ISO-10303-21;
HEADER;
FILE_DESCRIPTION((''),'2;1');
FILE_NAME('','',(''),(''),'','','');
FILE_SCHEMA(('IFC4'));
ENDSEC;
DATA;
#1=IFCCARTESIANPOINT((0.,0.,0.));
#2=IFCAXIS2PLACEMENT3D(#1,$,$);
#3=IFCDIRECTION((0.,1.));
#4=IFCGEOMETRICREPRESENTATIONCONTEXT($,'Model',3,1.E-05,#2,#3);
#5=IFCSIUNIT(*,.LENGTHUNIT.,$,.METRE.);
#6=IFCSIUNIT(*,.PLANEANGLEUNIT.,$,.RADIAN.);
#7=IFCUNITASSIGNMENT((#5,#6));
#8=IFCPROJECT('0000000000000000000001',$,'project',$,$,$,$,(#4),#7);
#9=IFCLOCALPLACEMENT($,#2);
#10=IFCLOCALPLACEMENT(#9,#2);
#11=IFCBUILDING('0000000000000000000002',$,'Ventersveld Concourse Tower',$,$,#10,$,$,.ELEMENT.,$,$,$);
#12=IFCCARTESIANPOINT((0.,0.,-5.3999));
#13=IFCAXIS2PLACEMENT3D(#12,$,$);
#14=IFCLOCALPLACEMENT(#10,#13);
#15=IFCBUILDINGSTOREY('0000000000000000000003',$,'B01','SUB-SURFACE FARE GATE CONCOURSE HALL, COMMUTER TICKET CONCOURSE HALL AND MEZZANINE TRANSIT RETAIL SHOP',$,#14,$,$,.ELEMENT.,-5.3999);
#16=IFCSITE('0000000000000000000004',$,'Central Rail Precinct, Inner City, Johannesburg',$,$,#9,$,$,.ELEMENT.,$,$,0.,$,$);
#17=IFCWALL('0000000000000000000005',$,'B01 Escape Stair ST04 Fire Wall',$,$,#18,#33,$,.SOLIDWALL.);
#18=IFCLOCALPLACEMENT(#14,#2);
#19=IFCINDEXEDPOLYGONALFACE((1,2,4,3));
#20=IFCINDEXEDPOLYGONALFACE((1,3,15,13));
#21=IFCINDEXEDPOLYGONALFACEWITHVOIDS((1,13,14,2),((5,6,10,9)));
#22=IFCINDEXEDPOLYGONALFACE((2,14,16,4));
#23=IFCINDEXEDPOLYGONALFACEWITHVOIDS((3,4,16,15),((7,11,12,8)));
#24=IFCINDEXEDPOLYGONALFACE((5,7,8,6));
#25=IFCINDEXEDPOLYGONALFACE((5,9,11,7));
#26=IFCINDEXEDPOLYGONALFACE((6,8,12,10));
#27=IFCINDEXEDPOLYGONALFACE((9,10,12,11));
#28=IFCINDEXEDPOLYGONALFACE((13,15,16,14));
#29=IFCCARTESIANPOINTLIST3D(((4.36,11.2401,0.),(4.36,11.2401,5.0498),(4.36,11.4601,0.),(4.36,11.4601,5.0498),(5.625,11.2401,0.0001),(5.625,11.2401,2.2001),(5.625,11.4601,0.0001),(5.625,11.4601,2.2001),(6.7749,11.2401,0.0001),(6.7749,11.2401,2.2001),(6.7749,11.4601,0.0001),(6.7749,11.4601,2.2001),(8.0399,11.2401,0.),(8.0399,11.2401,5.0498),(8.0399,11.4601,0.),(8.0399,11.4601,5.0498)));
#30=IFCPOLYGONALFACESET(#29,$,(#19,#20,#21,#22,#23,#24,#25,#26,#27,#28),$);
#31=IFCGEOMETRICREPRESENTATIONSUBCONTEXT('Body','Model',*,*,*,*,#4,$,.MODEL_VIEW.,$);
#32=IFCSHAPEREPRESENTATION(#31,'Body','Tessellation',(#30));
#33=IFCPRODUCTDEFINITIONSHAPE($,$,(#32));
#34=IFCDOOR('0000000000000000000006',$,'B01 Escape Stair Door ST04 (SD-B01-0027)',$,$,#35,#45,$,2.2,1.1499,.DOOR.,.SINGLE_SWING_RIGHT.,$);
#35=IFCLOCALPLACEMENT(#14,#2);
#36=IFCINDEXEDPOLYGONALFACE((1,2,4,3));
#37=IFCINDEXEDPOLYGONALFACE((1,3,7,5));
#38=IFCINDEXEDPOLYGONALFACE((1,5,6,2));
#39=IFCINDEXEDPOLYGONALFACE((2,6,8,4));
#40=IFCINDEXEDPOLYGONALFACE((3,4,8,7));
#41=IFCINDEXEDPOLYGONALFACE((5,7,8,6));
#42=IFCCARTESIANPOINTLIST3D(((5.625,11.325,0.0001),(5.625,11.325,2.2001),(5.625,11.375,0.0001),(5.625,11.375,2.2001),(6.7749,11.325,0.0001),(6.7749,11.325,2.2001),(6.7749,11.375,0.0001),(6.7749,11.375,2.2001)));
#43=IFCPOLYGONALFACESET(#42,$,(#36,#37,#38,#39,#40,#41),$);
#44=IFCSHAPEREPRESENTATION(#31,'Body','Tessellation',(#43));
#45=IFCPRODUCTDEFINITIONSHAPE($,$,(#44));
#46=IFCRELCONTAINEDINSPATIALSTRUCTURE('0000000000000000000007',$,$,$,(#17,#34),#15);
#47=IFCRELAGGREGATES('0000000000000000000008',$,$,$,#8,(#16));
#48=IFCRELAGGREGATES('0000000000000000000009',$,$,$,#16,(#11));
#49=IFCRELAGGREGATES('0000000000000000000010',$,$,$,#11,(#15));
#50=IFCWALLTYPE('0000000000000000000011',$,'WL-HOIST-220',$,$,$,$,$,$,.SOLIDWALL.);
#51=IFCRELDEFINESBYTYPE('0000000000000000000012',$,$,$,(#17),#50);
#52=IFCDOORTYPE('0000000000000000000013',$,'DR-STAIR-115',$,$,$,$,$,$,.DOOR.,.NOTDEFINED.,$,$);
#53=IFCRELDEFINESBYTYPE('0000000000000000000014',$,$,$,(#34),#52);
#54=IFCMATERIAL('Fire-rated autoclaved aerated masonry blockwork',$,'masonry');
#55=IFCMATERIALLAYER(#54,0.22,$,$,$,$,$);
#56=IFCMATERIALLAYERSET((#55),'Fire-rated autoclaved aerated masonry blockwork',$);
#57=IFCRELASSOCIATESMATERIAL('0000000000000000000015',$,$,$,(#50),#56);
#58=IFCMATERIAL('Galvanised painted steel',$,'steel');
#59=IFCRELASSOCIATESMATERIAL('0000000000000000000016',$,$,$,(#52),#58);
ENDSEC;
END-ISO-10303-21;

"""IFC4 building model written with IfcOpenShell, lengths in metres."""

from ifc_helpers import new_model, si_unit, direction, frame, frame_2d, origin, place, context, subcontext, project, spatial, rectangle, extrude, material, layer, layer_set, type_object, element, fill, save


model = new_model("IFC4")

# Units and contexts
model_context = context("Model", 3, precision=1e-05, world=origin(), true_north=direction((0.0, 1.0)))
body_context = subcontext(model_context, "Body", "Model", "MODEL_VIEW")
ifc_project = project(units=[si_unit("LENGTHUNIT", "METRE"), si_unit("PLANEANGLEUNIT", "RADIAN")], contexts=[model_context])

# Site, building, storey
site_placement = place(None, origin())
site = spatial("IfcSite", under=ifc_project, at=site_placement, Name="Central Rail Precinct, Inner City, Johannesburg", CompositionType="ELEMENT", RefElevation=0.0)
building_placement = place(site_placement, origin())
building = spatial("IfcBuilding", under=site, at=building_placement, Name="Ventersveld Concourse Tower", CompositionType="ELEMENT")
storey_placement = place(building_placement, frame((0.0, 0.0, -5.3999)))
storey = spatial("IfcBuildingStorey", under=building, at=storey_placement, Name="B01", Description="SUB-SURFACE FARE GATE CONCOURSE HALL, COMMUTER TICKET CONCOURSE HALL AND MEZZANINE TRANSIT RETAIL SHOP", CompositionType="ELEMENT", Elevation=-5.3999)

# Shared definitions
ifc_material_1 = material(Name="Fire-rated autoclaved aerated masonry blockwork", Category="masonry")
ifc_material_2 = material(Name="Galvanised painted steel", Category="steel")

# Wall, opening, door
ifc_layer_1 = layer(ifc_material_1, 0.22)
ifc_layer_set_1 = layer_set([ifc_layer_1], Name="Fire-rated autoclaved aerated masonry blockwork")
wall_type_1 = type_object("IfcWallType", Name="WL-HOIST-220", PredefinedType="SOLIDWALL", material=ifc_layer_set_1)
wall_1_placement = place(storey_placement, frame((4.3601, 11.3501, 0.0), z_axis=(0.0, 0.0, 1.0), x_axis=(1.0, 0.0, 0.0)))
wall_1 = element("IfcWall", 1, at=wall_1_placement, inside=storey, type_object=wall_type_1, Name="B01 Escape Stair ST04 Fire Wall", PredefinedType="SOLIDWALL", context=body_context, shape_type="SweptSolid", body=[
    extrude(rectangle(XDim=3.6799, YDim=0.22, at=frame_2d((1.8398, 0.0))), origin(), (0.0, 0.0, 1.0), 5.0498),
])
opening_1_placement = place(wall_1_placement, frame((1.2649, 0.0, 0.0)))
opening_1 = element("IfcOpeningElement", 2, at=opening_1_placement, cuts=wall_1, PredefinedType="OPENING", context=body_context, shape_type="SweptSolid", body=[
    extrude(rectangle(XDim=1.1499, YDim=2.2, at=frame_2d((0.575, 1.1001))), frame((0.0, 0.1201, 0.0), z_axis=(0.0, -1.0, 0.0), x_axis=(1.0, 0.0, 0.0)), (0.0, 0.0, 1.0), 0.24),
])
door_type_1 = type_object("IfcDoorType", Name="DR-STAIR-115", OperationType="NOTDEFINED", PredefinedType="DOOR", material=ifc_material_2)
door_1_placement = place(opening_1_placement, origin())
door_1 = element("IfcDoor", 3, at=door_1_placement, inside=storey, type_object=door_type_1, Name="B01 Escape Stair Door ST04 (SD-B01-0027)", OperationType="SINGLE_SWING_RIGHT", OverallHeight=2.2, OverallWidth=1.1499, PredefinedType="DOOR", context=body_context, shape_type="SweptSolid", body=[
    extrude(rectangle(XDim=1.1499, YDim=2.2, at=frame_2d((0.575, 1.1001))), frame((0.0, 0.0249, 0.0), z_axis=(0.0, -1.0, 0.0), x_axis=(1.0, 0.0, 0.0)), (0.0, 0.0, 1.0), 0.05),
])
fill(opening_1, door_1)

save(model, "model.ifc")
